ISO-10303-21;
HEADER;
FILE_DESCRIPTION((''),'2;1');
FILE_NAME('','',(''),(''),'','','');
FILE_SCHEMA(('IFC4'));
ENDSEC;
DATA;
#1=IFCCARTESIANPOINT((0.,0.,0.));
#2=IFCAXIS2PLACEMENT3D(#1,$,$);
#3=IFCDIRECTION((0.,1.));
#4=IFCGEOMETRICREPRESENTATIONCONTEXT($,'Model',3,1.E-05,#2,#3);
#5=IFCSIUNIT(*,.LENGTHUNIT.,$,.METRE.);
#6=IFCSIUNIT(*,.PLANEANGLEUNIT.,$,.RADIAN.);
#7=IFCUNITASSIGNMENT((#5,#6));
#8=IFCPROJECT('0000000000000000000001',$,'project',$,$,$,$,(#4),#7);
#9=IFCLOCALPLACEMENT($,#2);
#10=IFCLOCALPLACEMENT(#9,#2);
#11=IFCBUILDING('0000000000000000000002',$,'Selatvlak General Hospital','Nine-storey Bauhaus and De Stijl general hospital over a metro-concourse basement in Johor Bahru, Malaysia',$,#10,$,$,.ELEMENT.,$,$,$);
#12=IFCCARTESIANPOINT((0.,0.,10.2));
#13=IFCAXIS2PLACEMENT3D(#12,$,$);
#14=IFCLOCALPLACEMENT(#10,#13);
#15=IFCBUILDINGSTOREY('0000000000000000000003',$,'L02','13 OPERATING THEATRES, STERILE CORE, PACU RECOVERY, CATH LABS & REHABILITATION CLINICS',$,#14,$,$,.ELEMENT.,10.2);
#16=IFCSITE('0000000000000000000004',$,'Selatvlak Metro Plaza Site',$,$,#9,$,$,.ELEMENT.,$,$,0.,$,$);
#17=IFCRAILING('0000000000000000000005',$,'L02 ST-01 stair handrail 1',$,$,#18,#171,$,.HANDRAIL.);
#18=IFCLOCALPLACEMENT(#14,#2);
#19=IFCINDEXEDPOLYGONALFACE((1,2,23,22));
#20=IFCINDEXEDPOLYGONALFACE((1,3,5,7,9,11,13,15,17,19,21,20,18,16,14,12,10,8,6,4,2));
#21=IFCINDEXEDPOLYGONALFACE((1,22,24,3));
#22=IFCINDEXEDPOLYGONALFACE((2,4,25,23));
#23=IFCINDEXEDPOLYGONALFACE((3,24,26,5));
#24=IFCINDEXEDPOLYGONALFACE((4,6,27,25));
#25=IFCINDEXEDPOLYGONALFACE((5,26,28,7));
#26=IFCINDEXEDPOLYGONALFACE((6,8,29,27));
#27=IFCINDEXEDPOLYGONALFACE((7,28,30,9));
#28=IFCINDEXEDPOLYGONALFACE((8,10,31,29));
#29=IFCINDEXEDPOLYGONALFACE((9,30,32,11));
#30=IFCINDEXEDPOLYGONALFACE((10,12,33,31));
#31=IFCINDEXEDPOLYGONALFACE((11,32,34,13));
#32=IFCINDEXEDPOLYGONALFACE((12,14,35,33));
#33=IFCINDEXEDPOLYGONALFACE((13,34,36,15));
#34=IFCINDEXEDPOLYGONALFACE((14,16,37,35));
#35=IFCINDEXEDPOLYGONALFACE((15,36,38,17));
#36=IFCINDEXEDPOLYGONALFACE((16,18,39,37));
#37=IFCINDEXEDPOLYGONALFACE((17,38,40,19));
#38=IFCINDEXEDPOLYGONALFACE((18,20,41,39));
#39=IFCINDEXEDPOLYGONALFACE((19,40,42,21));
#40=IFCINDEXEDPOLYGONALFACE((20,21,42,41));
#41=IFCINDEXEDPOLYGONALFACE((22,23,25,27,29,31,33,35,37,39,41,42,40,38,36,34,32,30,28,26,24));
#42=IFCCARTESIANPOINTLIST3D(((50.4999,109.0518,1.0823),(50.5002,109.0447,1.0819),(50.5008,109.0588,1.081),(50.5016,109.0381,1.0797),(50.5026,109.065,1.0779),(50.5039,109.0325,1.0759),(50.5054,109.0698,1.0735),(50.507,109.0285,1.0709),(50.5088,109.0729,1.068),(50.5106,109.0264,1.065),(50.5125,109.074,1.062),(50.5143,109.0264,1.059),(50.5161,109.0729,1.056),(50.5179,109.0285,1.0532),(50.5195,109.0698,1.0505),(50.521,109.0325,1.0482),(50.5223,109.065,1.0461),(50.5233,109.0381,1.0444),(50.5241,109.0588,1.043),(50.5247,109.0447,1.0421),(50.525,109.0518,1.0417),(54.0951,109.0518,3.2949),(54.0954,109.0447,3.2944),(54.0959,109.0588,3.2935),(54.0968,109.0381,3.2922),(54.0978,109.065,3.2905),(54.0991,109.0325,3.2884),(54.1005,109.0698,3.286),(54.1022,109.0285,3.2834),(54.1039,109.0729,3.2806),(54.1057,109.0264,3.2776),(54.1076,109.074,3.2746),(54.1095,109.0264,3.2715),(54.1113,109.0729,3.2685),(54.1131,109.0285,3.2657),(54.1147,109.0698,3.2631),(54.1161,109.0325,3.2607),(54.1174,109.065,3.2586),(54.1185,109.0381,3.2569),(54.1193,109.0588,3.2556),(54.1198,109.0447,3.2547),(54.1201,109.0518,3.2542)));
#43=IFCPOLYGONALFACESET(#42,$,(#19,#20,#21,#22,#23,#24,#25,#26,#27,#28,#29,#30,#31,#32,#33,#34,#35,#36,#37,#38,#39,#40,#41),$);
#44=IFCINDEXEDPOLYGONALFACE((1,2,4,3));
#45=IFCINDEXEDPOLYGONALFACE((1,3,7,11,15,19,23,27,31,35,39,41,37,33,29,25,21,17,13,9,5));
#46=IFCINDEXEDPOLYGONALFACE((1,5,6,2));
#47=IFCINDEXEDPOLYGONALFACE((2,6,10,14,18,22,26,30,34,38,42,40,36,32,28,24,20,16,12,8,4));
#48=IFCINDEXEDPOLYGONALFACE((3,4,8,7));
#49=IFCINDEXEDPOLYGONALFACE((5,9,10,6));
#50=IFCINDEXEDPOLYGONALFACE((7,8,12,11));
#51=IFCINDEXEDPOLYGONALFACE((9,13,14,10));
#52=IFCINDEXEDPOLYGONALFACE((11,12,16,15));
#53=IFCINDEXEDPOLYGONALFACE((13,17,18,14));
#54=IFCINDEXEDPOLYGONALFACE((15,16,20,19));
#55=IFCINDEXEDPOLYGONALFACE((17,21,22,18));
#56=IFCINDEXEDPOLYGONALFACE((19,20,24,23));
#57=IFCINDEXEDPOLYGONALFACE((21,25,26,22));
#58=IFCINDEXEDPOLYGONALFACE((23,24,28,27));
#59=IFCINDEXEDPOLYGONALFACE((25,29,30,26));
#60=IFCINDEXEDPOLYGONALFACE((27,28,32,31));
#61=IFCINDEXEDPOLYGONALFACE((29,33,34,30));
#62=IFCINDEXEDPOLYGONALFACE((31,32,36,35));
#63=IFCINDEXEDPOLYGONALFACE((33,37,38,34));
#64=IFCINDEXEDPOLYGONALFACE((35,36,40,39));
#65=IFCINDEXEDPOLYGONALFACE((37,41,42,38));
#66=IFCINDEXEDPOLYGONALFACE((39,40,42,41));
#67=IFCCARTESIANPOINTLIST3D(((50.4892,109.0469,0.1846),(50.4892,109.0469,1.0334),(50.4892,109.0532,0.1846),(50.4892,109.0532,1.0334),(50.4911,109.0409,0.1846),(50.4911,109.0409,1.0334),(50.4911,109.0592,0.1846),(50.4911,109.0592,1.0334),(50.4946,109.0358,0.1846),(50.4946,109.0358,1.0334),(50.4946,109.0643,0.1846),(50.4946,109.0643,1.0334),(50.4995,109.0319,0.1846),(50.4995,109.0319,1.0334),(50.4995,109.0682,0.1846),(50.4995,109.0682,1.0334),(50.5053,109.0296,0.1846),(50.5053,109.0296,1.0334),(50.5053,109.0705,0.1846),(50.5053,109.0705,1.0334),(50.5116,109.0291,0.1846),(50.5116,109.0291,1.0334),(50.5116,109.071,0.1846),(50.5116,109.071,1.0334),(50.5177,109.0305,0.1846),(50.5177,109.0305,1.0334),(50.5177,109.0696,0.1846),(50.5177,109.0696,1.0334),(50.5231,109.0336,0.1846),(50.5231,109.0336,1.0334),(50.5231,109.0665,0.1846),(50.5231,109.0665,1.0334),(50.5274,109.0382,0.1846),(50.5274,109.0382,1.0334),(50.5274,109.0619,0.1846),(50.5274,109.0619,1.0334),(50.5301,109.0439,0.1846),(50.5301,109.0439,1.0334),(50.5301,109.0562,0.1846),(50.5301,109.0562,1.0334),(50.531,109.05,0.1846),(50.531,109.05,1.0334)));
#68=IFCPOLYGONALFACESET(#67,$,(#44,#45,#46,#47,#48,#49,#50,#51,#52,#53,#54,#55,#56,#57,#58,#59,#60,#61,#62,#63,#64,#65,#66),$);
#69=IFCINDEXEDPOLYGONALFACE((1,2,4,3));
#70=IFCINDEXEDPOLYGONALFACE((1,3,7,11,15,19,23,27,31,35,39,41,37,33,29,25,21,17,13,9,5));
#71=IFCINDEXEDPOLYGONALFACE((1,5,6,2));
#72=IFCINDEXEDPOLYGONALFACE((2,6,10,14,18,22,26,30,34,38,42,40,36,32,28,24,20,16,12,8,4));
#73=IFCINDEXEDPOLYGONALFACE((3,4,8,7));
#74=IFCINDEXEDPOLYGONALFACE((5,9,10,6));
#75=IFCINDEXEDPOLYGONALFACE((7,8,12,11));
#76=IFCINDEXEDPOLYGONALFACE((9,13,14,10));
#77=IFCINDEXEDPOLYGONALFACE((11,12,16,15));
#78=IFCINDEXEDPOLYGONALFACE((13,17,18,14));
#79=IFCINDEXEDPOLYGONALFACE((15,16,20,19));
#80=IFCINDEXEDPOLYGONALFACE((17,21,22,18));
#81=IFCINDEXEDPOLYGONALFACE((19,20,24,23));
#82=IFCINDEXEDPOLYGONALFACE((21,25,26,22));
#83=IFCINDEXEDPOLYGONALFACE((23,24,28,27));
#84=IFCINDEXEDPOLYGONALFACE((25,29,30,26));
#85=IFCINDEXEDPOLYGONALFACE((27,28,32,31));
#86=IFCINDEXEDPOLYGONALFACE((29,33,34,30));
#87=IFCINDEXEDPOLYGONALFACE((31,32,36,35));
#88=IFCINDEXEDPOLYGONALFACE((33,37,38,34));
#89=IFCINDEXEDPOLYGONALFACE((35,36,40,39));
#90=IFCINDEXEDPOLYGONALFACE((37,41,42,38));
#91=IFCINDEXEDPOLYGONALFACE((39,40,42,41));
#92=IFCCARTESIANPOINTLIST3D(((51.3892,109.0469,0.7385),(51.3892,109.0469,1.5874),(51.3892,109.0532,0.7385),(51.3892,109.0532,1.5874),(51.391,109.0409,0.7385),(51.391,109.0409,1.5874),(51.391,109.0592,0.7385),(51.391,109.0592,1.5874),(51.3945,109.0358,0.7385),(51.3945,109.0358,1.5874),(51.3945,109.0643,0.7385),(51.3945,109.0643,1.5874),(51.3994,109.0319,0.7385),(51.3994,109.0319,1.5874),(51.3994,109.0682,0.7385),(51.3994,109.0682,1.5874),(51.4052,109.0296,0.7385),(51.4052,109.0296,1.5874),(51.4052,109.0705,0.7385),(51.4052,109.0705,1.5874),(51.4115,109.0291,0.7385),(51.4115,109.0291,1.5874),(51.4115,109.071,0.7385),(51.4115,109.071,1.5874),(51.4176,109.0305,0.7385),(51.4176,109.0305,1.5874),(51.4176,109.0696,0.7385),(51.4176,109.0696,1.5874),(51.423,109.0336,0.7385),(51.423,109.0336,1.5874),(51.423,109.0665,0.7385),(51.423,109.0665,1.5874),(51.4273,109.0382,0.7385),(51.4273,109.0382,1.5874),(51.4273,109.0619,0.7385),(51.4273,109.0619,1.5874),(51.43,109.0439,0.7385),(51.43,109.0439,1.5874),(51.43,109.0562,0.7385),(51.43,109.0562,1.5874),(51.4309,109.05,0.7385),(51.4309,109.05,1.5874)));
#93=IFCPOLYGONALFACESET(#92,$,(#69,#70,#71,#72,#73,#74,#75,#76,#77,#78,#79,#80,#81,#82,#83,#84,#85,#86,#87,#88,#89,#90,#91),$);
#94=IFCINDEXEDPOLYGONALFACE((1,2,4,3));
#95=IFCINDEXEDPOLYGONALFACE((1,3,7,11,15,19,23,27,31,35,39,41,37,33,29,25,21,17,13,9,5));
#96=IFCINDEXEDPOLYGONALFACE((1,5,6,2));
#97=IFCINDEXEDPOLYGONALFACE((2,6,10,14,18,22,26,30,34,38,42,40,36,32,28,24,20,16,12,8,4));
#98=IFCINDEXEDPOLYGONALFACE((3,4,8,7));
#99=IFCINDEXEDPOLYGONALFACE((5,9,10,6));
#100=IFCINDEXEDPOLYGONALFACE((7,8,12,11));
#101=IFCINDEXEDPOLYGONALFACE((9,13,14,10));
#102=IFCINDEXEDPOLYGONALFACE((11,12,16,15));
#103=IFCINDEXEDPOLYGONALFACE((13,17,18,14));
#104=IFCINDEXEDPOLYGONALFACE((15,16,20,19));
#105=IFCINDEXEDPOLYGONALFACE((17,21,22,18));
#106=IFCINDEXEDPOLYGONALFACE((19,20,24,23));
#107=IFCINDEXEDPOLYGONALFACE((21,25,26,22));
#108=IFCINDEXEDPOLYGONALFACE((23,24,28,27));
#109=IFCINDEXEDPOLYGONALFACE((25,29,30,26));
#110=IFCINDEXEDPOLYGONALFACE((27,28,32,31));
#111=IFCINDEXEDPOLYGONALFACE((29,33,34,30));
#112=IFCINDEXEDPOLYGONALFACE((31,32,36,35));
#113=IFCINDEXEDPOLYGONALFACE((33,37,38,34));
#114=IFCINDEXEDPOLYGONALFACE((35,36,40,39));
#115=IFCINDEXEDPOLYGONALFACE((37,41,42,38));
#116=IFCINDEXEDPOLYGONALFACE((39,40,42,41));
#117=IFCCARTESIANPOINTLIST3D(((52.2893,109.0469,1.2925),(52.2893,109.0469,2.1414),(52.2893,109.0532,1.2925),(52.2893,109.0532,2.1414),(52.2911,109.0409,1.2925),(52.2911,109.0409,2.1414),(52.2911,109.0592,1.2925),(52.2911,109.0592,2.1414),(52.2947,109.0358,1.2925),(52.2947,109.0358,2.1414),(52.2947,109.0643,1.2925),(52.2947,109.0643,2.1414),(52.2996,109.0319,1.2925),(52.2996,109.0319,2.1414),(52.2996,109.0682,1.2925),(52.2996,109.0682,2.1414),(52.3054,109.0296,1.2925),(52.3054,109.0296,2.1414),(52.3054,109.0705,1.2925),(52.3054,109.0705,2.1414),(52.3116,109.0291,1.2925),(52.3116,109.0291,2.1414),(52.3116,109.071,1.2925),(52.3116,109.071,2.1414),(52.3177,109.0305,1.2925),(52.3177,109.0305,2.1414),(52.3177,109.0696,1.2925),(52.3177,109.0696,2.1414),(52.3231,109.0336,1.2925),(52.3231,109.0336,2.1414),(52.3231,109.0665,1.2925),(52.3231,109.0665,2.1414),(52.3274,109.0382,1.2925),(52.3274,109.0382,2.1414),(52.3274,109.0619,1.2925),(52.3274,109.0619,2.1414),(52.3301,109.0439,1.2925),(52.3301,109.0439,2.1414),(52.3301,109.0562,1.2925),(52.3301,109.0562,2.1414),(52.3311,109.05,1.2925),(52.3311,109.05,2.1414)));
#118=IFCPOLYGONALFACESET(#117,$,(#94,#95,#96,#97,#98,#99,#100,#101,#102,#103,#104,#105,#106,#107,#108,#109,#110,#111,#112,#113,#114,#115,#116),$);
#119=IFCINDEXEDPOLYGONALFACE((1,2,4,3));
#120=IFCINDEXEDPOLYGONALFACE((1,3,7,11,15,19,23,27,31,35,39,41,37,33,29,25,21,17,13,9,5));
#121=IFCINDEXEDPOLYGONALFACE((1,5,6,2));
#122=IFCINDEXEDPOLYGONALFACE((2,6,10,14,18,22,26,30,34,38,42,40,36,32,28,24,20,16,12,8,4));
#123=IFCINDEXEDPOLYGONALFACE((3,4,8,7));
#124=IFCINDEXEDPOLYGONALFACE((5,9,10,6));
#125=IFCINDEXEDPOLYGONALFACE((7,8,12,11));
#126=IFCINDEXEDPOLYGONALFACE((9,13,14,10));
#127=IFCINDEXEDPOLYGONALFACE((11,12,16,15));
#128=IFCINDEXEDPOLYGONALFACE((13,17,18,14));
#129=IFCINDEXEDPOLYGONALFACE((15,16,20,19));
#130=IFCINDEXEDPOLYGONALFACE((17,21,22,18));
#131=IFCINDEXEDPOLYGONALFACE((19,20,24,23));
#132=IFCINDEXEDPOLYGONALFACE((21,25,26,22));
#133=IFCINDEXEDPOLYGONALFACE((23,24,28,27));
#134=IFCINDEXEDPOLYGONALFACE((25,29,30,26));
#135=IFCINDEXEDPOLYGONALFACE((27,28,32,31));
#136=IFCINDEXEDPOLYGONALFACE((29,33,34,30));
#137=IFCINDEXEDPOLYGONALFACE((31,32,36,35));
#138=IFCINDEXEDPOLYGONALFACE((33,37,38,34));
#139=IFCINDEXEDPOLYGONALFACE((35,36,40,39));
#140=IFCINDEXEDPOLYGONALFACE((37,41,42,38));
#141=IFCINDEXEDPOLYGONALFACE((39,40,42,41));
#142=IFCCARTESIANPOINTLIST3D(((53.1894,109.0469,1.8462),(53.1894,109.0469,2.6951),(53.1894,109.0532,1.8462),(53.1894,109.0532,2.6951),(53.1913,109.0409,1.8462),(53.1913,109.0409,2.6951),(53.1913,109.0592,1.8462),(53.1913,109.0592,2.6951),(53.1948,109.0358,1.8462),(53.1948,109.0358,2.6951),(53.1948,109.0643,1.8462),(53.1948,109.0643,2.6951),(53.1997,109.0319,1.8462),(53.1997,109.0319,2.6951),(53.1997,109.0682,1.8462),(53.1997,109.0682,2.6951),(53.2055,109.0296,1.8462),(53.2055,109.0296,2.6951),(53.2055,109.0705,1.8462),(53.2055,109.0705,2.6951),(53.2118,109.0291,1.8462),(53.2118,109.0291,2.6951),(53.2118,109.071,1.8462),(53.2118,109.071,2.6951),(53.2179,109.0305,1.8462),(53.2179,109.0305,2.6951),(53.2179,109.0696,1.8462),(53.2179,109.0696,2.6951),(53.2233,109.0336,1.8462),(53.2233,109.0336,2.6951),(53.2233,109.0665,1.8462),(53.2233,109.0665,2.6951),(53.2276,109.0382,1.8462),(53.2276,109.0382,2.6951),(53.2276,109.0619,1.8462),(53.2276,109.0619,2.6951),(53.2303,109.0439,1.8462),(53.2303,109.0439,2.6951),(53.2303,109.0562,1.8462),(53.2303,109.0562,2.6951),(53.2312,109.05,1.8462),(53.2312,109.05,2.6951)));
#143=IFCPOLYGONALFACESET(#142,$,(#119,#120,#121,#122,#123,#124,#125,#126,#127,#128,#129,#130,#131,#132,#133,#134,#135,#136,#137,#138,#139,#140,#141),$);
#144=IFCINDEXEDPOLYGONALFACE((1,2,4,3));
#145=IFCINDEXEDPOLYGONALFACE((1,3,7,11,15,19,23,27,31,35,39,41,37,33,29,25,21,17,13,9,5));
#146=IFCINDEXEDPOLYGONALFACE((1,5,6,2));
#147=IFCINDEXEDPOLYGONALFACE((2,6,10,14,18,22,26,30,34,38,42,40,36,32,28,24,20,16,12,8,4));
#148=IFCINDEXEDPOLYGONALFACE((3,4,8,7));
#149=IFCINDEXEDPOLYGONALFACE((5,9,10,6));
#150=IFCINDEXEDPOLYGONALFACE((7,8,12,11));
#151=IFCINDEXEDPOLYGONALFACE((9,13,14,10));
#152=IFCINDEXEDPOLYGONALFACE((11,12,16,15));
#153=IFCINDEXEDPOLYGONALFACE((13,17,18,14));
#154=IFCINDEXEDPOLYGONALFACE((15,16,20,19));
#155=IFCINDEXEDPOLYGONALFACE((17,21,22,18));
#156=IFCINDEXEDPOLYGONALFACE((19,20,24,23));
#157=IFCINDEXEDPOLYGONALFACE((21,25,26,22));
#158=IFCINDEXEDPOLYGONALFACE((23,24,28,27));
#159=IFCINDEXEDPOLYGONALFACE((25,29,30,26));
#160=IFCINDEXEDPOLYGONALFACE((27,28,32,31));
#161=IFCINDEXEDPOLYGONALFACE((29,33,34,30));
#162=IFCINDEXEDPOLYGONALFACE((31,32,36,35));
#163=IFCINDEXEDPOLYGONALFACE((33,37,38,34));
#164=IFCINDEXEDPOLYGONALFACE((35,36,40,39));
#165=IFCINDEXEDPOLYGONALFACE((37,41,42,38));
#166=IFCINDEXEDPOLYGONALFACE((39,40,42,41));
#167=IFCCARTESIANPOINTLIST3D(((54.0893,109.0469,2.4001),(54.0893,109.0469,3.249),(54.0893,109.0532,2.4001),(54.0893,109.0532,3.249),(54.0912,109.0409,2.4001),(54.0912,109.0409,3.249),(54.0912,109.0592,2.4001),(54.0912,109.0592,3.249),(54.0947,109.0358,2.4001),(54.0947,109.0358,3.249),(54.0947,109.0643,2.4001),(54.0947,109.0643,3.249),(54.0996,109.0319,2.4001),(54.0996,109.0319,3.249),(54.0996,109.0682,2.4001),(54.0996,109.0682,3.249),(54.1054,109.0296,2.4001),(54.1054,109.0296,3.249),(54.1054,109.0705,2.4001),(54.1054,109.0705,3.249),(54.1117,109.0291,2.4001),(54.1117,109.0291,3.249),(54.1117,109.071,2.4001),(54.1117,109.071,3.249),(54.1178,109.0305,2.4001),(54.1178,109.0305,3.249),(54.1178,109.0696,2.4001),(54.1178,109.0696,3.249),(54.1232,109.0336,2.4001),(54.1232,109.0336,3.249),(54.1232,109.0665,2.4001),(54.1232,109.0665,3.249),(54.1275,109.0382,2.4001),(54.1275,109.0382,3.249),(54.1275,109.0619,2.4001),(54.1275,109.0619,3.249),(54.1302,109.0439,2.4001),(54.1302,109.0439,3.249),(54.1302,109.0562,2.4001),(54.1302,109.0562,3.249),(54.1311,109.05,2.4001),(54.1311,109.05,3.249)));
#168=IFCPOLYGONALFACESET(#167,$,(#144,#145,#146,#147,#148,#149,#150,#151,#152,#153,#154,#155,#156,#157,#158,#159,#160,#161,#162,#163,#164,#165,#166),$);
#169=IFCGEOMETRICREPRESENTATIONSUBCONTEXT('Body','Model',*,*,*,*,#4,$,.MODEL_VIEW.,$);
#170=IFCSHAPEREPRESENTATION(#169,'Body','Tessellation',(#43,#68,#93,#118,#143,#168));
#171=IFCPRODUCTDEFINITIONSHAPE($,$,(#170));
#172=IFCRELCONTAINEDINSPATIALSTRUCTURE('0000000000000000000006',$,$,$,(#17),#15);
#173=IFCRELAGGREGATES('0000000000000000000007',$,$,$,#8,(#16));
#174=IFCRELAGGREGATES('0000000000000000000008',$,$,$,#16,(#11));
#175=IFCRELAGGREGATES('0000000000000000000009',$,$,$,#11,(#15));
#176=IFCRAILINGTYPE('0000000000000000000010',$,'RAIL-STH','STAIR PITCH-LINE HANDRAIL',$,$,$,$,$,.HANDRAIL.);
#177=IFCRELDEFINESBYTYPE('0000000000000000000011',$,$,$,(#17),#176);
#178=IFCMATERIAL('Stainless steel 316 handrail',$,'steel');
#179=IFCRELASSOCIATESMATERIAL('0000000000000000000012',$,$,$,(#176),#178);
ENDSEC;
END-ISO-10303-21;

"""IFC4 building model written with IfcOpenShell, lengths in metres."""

from ifc_helpers import new_model, si_unit, direction, frame, origin, origin_2d, place, context, subcontext, project, spatial, circle, extrude, material, type_object, element, save


model = new_model("IFC4")

# Units and contexts
model_context = context("Model", 3, precision=1e-05, world=origin(), true_north=direction((0.0, 1.0)))
body_context = subcontext(model_context, "Body", "Model", "MODEL_VIEW")
ifc_project = project(units=[si_unit("LENGTHUNIT", "METRE"), si_unit("PLANEANGLEUNIT", "RADIAN")], contexts=[model_context])

# Site, building, storey
site_placement = place(None, origin())
site = spatial("IfcSite", under=ifc_project, at=site_placement, Name="Selatvlak Metro Plaza Site", CompositionType="ELEMENT", RefElevation=0.0)
building_placement = place(site_placement, origin())
building = spatial("IfcBuilding", under=site, at=building_placement, Name="Selatvlak General Hospital", Description="Nine-storey Bauhaus and De Stijl general hospital over a metro-concourse basement in Johor Bahru, Malaysia", CompositionType="ELEMENT")
storey_placement = place(building_placement, frame((0.0, 0.0, 10.2)))
storey = spatial("IfcBuildingStorey", under=building, at=storey_placement, Name="L02", Description="13 OPERATING THEATRES, STERILE CORE, PACU RECOVERY, CATH LABS & REHABILITATION CLINICS", CompositionType="ELEMENT", Elevation=10.2)

# Railing
ifc_material_1 = material(Name="Stainless steel 316 handrail", Category="steel")
railing_type_1 = type_object("IfcRailingType", Name="RAIL-STH", Description="STAIR PITCH-LINE HANDRAIL", PredefinedType="HANDRAIL", material=ifc_material_1)
railing_1_placement = place(storey_placement, frame((50.51, 109.05, 0.1846)))
element("IfcRailing", 1, at=railing_1_placement, inside=storey, type_object=railing_type_1, Name="L02 ST-01 stair handrail 1", PredefinedType="HANDRAIL", context=body_context, shape_type="SweptSolid", body=[
    extrude(circle(Radius=0.0239, at=origin_2d()), frame((0.0024, 0.0, 0.8774), z_axis=(0.851644, 0.0, 0.52412), x_axis=(0.0, 1.0, 0.0)), (0.0, 0.0, 1.0), 4.2214),
    extrude(circle(Radius=0.021, at=origin_2d()), origin(), (0.0, 0.0, 1.0), 0.8489),
    extrude(circle(Radius=0.021, at=origin_2d()), frame((0.8999, 0.0, 0.554)), (0.0, 0.0, 1.0), 0.8489),
    extrude(circle(Radius=0.021, at=origin_2d()), frame((1.8, 0.0, 1.1079)), (0.0, 0.0, 1.0), 0.8489),
    extrude(circle(Radius=0.021, at=origin_2d()), frame((2.7002, 0.0, 1.6616)), (0.0, 0.0, 1.0), 0.8489),
    extrude(circle(Radius=0.021, at=origin_2d()), frame((3.6001, 0.0, 2.2156)), (0.0, 0.0, 1.0), 0.8489),
])

save(model, "model.ifc")
